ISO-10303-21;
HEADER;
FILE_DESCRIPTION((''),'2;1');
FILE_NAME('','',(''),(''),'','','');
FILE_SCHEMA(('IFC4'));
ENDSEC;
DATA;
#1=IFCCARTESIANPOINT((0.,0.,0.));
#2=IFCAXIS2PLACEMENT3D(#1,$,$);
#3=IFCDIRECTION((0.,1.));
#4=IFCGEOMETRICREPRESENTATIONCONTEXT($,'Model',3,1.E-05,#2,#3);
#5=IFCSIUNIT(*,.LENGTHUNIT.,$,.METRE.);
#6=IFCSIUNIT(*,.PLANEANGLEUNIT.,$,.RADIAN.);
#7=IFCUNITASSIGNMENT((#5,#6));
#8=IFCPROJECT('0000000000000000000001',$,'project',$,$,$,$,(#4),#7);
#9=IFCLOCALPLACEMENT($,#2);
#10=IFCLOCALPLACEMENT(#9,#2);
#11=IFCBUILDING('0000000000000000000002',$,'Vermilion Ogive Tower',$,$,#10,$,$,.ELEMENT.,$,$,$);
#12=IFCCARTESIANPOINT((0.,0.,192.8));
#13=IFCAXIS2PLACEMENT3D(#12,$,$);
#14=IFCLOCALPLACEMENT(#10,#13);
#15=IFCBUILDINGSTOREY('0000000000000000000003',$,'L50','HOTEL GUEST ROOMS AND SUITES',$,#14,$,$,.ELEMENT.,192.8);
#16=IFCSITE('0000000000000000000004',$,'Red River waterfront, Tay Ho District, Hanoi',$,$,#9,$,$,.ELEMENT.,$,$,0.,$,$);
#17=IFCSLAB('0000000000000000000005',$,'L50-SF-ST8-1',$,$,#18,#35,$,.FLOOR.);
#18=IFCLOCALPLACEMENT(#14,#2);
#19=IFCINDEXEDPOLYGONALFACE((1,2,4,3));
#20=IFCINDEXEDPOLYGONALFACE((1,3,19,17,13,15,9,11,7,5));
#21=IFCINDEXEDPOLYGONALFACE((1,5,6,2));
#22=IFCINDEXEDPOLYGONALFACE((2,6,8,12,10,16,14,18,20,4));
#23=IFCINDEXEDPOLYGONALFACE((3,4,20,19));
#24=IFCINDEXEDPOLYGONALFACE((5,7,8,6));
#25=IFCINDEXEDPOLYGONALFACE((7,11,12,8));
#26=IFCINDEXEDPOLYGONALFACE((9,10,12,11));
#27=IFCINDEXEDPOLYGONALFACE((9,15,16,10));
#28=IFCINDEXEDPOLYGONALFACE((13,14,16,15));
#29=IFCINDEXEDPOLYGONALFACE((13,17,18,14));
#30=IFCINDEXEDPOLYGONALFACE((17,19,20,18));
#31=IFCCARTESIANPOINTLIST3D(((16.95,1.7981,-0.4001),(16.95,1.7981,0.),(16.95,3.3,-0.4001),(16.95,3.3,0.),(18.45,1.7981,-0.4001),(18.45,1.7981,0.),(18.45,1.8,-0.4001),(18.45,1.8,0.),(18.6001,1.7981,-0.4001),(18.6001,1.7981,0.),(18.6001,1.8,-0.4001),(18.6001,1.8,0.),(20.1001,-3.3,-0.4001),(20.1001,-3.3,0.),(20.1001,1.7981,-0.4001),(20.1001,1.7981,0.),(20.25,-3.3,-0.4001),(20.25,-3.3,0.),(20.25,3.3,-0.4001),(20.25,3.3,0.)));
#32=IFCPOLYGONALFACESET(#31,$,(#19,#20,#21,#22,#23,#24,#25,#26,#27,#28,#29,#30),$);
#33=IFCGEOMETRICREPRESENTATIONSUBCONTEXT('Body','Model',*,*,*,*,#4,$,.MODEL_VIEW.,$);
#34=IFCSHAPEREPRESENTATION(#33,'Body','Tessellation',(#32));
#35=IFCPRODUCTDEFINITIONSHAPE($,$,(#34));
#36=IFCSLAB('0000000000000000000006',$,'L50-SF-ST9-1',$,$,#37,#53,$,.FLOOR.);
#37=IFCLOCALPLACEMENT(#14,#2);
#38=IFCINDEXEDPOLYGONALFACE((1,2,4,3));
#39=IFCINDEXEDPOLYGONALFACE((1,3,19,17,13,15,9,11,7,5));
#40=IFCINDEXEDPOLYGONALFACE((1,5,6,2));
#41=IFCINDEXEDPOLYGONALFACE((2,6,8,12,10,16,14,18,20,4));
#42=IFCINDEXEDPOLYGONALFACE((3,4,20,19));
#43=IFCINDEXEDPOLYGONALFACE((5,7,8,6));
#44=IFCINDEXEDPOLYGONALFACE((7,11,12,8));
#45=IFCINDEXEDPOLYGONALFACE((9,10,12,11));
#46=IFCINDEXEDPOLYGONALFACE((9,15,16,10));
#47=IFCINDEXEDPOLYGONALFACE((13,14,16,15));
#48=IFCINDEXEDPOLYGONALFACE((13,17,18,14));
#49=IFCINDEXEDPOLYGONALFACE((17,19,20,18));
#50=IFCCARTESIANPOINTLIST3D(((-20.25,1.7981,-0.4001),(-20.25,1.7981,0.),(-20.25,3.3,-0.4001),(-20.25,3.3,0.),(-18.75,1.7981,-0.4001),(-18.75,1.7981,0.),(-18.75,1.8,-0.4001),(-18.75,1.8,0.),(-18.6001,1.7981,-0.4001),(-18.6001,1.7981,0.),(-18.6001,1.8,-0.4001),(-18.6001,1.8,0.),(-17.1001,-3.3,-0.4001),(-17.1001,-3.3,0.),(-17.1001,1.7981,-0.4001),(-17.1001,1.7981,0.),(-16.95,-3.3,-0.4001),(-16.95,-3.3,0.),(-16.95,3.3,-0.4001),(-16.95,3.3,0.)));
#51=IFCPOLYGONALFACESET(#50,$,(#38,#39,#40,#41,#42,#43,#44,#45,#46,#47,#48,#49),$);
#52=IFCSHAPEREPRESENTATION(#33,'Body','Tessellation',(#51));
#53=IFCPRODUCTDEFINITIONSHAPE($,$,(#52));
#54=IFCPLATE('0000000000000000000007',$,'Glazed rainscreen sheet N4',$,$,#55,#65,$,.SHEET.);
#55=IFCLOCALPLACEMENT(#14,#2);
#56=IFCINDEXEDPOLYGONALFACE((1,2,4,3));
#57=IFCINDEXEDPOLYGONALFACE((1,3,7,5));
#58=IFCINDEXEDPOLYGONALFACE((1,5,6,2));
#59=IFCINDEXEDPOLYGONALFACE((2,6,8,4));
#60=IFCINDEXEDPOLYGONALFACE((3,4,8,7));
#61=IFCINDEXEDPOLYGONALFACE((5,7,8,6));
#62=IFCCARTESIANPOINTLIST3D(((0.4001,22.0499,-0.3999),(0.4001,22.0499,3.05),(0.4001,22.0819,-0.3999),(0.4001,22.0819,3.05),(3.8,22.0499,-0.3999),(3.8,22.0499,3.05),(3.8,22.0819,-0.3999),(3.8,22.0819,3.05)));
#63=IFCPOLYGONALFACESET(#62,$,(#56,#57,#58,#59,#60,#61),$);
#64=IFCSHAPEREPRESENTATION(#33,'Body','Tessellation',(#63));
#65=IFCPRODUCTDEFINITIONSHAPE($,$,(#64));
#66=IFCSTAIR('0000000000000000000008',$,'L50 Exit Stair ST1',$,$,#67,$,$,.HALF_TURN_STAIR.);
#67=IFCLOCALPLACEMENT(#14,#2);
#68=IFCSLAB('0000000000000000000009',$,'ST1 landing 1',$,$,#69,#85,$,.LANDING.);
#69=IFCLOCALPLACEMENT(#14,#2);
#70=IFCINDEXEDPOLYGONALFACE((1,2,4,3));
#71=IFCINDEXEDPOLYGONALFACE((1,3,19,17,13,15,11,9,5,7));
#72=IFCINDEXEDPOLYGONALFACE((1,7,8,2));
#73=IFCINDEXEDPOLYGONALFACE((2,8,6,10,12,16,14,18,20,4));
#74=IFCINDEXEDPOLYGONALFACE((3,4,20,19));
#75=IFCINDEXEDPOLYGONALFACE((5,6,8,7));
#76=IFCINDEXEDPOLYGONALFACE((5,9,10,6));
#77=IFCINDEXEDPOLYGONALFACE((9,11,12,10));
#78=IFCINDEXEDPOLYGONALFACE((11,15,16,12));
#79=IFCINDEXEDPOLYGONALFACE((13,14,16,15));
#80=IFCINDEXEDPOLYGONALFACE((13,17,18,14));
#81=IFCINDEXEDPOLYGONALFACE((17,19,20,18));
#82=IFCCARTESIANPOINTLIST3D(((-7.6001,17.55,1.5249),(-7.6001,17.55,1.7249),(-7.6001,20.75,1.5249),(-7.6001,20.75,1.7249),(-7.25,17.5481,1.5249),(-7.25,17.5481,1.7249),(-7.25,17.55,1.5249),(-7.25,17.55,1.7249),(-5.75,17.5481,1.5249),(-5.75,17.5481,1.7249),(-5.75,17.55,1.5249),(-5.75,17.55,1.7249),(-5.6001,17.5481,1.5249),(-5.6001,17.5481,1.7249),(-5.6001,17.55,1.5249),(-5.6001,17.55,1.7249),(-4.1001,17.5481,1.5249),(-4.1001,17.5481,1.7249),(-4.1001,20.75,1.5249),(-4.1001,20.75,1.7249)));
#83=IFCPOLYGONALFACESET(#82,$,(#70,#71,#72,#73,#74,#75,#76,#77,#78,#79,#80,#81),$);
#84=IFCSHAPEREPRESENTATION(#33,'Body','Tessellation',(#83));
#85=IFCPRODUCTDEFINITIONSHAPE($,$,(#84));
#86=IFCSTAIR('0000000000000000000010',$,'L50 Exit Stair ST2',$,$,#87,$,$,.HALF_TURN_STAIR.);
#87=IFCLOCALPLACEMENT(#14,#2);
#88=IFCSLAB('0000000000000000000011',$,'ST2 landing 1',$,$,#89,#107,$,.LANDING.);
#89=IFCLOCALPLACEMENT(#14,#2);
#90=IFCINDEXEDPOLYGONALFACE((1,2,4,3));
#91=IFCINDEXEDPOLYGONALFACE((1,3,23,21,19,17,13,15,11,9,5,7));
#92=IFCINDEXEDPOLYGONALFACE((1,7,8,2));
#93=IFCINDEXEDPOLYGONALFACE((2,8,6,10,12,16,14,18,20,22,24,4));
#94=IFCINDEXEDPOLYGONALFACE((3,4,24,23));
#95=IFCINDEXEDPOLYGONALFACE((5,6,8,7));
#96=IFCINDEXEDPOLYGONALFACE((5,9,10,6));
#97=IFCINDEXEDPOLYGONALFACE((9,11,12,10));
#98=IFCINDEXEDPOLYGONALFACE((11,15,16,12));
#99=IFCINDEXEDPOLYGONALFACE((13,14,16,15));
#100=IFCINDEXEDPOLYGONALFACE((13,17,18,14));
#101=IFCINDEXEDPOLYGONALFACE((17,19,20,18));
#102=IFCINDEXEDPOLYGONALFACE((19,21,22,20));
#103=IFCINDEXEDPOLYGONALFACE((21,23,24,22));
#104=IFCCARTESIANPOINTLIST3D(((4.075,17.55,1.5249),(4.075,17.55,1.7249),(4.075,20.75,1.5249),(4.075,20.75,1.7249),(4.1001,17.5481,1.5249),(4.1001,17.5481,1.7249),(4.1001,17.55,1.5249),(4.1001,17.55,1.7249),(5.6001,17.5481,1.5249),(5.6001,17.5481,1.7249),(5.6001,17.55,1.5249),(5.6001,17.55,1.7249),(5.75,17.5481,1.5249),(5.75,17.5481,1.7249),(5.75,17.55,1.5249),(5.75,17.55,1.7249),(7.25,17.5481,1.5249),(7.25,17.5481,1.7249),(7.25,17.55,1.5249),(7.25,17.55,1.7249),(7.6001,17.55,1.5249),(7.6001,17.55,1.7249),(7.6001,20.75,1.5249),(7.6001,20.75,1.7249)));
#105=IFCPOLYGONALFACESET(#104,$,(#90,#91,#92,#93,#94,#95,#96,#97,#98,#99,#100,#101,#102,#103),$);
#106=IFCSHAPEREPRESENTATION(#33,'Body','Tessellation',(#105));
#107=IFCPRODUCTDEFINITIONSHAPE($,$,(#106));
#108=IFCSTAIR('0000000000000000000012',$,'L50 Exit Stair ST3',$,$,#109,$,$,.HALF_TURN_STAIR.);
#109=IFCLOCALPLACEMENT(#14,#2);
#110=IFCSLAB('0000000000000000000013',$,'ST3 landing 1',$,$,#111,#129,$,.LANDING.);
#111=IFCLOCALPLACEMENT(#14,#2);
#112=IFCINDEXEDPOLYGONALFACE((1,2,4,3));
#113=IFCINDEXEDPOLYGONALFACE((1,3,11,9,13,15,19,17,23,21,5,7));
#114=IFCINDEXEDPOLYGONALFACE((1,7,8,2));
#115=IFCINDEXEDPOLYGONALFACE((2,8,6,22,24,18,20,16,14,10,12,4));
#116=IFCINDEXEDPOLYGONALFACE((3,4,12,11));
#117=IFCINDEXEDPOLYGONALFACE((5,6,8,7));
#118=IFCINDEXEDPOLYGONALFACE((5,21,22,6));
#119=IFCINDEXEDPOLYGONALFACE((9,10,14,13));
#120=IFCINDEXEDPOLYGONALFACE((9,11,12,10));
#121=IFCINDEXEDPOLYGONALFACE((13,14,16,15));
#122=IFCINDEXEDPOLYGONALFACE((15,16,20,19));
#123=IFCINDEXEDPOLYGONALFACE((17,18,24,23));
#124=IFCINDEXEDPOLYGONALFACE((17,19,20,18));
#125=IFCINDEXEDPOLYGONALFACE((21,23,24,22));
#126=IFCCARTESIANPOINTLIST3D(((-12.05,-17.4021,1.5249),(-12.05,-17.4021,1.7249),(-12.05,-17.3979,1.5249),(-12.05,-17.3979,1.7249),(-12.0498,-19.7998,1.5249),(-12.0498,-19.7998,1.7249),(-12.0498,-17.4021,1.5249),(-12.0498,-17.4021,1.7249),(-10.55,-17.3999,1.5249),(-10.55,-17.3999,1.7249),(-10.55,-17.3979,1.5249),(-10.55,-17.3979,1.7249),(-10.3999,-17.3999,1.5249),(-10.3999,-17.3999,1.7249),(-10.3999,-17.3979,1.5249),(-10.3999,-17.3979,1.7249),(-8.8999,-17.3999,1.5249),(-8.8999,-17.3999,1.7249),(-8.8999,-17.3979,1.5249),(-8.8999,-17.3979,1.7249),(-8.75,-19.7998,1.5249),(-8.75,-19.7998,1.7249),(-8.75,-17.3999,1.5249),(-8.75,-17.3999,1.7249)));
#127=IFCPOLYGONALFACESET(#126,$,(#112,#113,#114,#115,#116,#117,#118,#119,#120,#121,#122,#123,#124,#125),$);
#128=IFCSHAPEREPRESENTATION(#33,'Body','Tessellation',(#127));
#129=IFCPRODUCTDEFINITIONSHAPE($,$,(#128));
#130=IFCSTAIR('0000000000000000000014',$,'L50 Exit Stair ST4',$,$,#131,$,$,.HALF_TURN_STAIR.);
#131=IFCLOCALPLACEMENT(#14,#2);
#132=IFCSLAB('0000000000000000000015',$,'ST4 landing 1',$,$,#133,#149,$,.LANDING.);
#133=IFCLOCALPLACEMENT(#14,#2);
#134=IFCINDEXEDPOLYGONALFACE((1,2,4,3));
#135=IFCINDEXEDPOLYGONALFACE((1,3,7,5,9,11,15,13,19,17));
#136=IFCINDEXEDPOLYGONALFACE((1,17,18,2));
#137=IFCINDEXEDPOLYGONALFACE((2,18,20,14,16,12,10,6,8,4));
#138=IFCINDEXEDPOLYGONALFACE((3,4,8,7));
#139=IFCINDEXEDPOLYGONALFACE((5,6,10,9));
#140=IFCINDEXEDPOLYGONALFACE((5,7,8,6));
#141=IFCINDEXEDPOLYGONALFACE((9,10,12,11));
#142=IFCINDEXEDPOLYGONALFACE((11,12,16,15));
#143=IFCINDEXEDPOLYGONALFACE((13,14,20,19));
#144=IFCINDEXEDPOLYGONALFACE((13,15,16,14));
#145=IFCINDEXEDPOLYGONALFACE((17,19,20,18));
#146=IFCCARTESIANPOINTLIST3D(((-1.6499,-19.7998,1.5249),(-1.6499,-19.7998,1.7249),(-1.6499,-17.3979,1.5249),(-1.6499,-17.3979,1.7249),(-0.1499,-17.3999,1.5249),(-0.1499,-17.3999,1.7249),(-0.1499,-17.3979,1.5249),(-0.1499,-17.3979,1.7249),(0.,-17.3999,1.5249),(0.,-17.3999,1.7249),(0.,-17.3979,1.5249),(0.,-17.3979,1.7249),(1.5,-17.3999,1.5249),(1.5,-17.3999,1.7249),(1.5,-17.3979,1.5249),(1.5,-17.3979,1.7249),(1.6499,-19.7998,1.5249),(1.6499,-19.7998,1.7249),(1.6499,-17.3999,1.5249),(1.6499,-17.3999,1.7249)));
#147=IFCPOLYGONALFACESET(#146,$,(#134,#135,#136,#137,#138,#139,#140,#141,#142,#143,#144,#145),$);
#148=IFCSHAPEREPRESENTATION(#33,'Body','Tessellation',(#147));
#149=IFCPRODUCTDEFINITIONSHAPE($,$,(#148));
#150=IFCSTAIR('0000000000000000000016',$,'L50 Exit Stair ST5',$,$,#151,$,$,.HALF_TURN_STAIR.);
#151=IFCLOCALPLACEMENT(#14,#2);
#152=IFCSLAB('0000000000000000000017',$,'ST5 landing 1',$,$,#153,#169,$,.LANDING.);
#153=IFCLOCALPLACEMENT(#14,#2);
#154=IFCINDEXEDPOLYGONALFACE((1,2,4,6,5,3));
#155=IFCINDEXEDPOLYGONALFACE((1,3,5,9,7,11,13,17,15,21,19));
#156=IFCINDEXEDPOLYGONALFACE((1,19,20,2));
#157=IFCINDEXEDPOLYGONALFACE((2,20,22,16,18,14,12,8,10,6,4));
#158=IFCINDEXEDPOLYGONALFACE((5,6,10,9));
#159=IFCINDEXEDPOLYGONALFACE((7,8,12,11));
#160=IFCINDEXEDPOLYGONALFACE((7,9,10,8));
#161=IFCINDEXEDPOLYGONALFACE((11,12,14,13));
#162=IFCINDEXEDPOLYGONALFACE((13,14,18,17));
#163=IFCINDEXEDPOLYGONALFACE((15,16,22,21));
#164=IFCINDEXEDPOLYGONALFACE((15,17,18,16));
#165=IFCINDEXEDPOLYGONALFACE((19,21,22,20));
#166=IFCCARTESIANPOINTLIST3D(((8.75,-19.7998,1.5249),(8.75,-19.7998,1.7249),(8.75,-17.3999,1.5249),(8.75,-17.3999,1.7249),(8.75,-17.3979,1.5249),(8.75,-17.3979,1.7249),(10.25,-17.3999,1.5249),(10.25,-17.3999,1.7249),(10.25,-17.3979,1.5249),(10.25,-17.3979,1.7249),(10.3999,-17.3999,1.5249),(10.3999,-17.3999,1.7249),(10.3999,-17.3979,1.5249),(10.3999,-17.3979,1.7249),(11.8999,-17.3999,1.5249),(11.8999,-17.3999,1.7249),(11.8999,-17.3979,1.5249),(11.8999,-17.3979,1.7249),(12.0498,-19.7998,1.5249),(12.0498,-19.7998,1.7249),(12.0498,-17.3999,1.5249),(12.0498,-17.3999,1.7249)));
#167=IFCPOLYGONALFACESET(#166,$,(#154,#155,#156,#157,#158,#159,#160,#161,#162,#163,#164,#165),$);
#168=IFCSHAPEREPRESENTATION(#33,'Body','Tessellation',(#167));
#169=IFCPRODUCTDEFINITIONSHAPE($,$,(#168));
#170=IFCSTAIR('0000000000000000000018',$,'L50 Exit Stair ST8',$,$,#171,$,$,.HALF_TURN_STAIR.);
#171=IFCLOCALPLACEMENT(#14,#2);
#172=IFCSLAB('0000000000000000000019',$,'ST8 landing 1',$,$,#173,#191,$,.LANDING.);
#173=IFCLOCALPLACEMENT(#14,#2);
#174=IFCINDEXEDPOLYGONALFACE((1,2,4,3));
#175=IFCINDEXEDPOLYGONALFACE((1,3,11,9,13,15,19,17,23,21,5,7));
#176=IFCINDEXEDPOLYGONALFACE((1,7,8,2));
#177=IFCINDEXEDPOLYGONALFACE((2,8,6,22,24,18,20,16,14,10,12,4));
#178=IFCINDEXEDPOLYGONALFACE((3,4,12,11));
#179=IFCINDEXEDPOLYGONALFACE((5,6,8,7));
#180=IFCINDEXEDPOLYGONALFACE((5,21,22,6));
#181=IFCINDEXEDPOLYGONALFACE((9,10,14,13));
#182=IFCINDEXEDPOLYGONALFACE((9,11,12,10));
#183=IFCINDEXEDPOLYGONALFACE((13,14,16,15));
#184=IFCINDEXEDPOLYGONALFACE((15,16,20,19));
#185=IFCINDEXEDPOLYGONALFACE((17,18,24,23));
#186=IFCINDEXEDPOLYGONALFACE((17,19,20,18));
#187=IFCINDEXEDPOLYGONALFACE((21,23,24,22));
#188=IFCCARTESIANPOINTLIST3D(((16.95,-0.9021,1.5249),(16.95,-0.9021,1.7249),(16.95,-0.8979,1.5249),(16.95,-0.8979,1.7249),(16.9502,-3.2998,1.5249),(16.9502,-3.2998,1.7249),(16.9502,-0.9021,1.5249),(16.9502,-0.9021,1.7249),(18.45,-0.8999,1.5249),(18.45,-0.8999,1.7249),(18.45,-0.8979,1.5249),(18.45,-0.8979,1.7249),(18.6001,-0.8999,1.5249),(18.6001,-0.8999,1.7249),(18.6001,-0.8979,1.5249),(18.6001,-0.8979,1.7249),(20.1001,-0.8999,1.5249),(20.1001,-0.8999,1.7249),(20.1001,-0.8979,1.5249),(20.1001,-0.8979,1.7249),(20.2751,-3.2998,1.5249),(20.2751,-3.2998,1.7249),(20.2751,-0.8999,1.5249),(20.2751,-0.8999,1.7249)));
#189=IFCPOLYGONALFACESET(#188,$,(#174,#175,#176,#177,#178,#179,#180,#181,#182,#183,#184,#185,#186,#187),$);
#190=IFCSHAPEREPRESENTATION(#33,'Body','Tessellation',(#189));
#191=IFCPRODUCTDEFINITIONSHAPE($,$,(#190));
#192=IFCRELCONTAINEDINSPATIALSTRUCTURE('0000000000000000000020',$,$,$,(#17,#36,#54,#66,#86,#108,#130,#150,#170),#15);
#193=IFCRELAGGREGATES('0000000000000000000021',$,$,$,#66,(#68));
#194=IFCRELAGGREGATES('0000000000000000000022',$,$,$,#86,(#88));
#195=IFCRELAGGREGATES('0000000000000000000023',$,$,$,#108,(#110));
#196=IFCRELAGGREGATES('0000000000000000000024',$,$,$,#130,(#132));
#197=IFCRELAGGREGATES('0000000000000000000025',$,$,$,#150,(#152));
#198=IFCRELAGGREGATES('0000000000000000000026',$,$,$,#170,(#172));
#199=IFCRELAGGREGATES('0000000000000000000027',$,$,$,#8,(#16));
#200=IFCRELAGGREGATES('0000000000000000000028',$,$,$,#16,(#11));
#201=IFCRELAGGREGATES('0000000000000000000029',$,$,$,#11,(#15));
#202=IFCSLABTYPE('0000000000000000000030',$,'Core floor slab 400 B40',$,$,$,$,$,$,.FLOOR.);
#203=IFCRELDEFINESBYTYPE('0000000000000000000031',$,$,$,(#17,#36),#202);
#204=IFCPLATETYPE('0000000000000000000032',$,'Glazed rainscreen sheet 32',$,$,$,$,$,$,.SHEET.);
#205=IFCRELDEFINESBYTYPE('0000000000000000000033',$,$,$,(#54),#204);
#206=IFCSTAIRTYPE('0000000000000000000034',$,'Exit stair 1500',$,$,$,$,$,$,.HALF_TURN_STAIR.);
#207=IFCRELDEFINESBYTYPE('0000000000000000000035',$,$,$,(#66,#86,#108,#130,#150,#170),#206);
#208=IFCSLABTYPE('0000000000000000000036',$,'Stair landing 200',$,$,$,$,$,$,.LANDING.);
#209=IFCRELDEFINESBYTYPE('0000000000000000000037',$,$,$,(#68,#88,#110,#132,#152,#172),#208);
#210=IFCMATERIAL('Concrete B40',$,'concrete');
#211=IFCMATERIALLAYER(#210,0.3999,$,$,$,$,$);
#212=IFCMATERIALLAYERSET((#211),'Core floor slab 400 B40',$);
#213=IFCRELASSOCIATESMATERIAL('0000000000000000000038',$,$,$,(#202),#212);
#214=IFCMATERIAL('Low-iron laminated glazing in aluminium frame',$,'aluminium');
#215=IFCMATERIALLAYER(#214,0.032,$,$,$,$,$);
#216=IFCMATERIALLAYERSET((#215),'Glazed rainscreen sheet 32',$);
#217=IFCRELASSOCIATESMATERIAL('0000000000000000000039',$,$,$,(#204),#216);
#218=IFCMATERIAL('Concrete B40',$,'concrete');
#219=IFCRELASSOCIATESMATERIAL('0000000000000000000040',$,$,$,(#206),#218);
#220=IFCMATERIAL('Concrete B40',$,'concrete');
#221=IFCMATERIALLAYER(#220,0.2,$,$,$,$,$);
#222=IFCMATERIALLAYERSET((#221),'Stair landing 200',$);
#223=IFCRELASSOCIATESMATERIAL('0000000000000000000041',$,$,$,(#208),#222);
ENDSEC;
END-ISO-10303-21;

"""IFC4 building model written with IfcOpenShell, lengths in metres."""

from ifc_helpers import new_model, si_unit, direction, frame, origin, origin_2d, place, context, subcontext, project, spatial, polyline, rectangle, outline, extrude, material, layer, layer_set, type_object, element, aggregate, save


model = new_model("IFC4")

# Units and contexts
model_context = context("Model", 3, precision=1e-05, world=origin(), true_north=direction((0.0, 1.0)))
body_context = subcontext(model_context, "Body", "Model", "MODEL_VIEW")
ifc_project = project(units=[si_unit("LENGTHUNIT", "METRE"), si_unit("PLANEANGLEUNIT", "RADIAN")], contexts=[model_context])

# Site, building, storey
site_placement = place(None, origin())
site = spatial("IfcSite", under=ifc_project, at=site_placement, Name="Red River waterfront, Tay Ho District, Hanoi", CompositionType="ELEMENT", RefElevation=0.0)
building_placement = place(site_placement, origin())
building = spatial("IfcBuilding", under=site, at=building_placement, Name="Vermilion Ogive Tower", CompositionType="ELEMENT")
storey_placement = place(building_placement, frame((0.0, 0.0, 192.8)))
storey = spatial("IfcBuildingStorey", under=building, at=storey_placement, Name="L50", Description="HOTEL GUEST ROOMS AND SUITES", CompositionType="ELEMENT", Elevation=192.8)

# Slabs
ifc_material_1 = material(Name="Concrete B40", Category="concrete")
ifc_layer_1 = layer(ifc_material_1, 0.3999)
ifc_layer_set_1 = layer_set([ifc_layer_1], Name="Core floor slab 400 B40")
slab_type_1 = type_object("IfcSlabType", Name="Core floor slab 400 B40", PredefinedType="FLOOR", material=ifc_layer_set_1)
slab_1_placement = place(storey_placement, frame((0.0, 0.0, -0.4001)))
element("IfcSlab", 1, at=slab_1_placement, inside=storey, type_object=slab_type_1, Name="L50-SF-ST8-1", PredefinedType="FLOOR", context=body_context, shape_type="SweptSolid", body=[
    extrude(outline(polyline([(16.95, 3.3), (16.95, 1.7981), (18.45, 1.7981), (18.45, 1.8), (18.6001, 1.8), (18.6001, 1.7981), (20.1001, 1.7981), (20.1001, -3.3), (20.25, -3.3), (20.25, 3.3), (16.95, 3.3)])), origin(), (0.0, 0.0, 1.0), 0.4001),
])
slab_2_placement = place(storey_placement, frame((0.0, 0.0, -0.4001)))
element("IfcSlab", 2, at=slab_2_placement, inside=storey, type_object=slab_type_1, Name="L50-SF-ST9-1", PredefinedType="FLOOR", context=body_context, shape_type="SweptSolid", body=[
    extrude(outline(polyline([(-20.25, 3.3), (-20.25, 1.7981), (-18.75, 1.7981), (-18.75, 1.8), (-18.6001, 1.8), (-18.6001, 1.7981), (-17.1001, 1.7981), (-17.1001, -3.3), (-16.95, -3.3), (-16.95, 3.3), (-20.25, 3.3)])), origin(), (0.0, 0.0, 1.0), 0.4001),
])

# Plate
ifc_material_2 = material(Name="Low-iron laminated glazing in aluminium frame", Category="aluminium")
ifc_layer_2 = layer(ifc_material_2, 0.032)
ifc_layer_set_2 = layer_set([ifc_layer_2], Name="Glazed rainscreen sheet 32")
plate_type = type_object("IfcPlateType", Name="Glazed rainscreen sheet 32", PredefinedType="SHEET", material=ifc_layer_set_2)
plate_placement = place(storey_placement, frame((2.1001, 22.0659, -0.3999), z_axis=(0.0, 0.0, 1.0), x_axis=(1.0, 0.0, 0.0)))
element("IfcPlate", 3, at=plate_placement, inside=storey, type_object=plate_type, Name="Glazed rainscreen sheet N4", PredefinedType="SHEET", context=body_context, shape_type="SweptSolid", body=[
    extrude(rectangle(XDim=3.3999, YDim=0.032, at=origin_2d()), origin(), (0.0, 0.0, 1.0), 3.45),
])

# Stairs, slabs
ifc_material_3 = material(Name="Concrete B40", Category="concrete")
stair_type = type_object("IfcStairType", Name="Exit stair 1500", PredefinedType="HALF_TURN_STAIR", material=ifc_material_3)
stair_1_placement = place(storey_placement, origin())
stair_1 = element("IfcStair", 4, at=stair_1_placement, inside=storey, type_object=stair_type, Name="L50 Exit Stair ST1", PredefinedType="HALF_TURN_STAIR")
ifc_material_4 = material(Name="Concrete B40", Category="concrete")
ifc_layer_3 = layer(ifc_material_4, 0.2)
ifc_layer_set_3 = layer_set([ifc_layer_3], Name="Stair landing 200")
slab_type_2 = type_object("IfcSlabType", Name="Stair landing 200", PredefinedType="LANDING", material=ifc_layer_set_3)
slab_3_placement = place(storey_placement, frame((0.0, 0.0, 1.5249)))
slab_3 = element("IfcSlab", 5, at=slab_3_placement, type_object=slab_type_2, Name="ST1 landing 1", PredefinedType="LANDING", context=body_context, shape_type="SweptSolid", body=[
    extrude(outline(polyline([(-7.6001, 17.55), (-7.25, 17.55), (-7.25, 17.5481), (-5.75, 17.5481), (-5.75, 17.55), (-5.6001, 17.55), (-5.6001, 17.5481), (-4.1001, 17.5481), (-4.1001, 20.75), (-7.6001, 20.75), (-7.6001, 17.55)])), origin(), (0.0, 0.0, 1.0), 0.2),
])
aggregate(stair_1, [slab_3])
stair_2_placement = place(storey_placement, origin())
stair_2 = element("IfcStair", 6, at=stair_2_placement, inside=storey, type_object=stair_type, Name="L50 Exit Stair ST2", PredefinedType="HALF_TURN_STAIR")
slab_4_placement = place(storey_placement, frame((0.0, 0.0, 1.5249)))
slab_4 = element("IfcSlab", 7, at=slab_4_placement, type_object=slab_type_2, Name="ST2 landing 1", PredefinedType="LANDING", context=body_context, shape_type="SweptSolid", body=[
    extrude(outline(polyline([(5.6001, 17.55), (5.75, 17.55), (5.75, 17.5481), (7.25, 17.5481), (7.25, 17.55), (7.6001, 17.55), (7.6001, 20.75), (4.075, 20.75), (4.075, 17.55), (4.1001, 17.55), (4.1001, 17.5481), (5.6001, 17.5481), (5.6001, 17.55)])), origin(), (0.0, 0.0, 1.0), 0.2),
])
aggregate(stair_2, [slab_4])
stair_3_placement = place(storey_placement, origin())
stair_3 = element("IfcStair", 8, at=stair_3_placement, inside=storey, type_object=stair_type, Name="L50 Exit Stair ST3", PredefinedType="HALF_TURN_STAIR")
slab_5_placement = place(storey_placement, frame((0.0, 0.0, 1.5249)))
slab_5 = element("IfcSlab", 9, at=slab_5_placement, type_object=slab_type_2, Name="ST3 landing 1", PredefinedType="LANDING", context=body_context, shape_type="SweptSolid", body=[
    extrude(outline(polyline([(-8.75, -17.3999), (-8.8999, -17.3999), (-8.8999, -17.3979), (-10.3999, -17.3979), (-10.3999, -17.3999), (-10.55, -17.3999), (-10.55, -17.3979), (-12.05, -17.3979), (-12.05, -17.4021), (-12.0498, -17.4021), (-12.0498, -19.7998), (-8.75, -19.7998), (-8.75, -17.3999)])), origin(), (0.0, 0.0, 1.0), 0.2),
])
aggregate(stair_3, [slab_5])
stair_4_placement = place(storey_placement, origin())
stair_4 = element("IfcStair", 10, at=stair_4_placement, inside=storey, type_object=stair_type, Name="L50 Exit Stair ST4", PredefinedType="HALF_TURN_STAIR")
slab_6_placement = place(storey_placement, frame((0.0, 0.0, 1.5249)))
slab_6 = element("IfcSlab", 11, at=slab_6_placement, type_object=slab_type_2, Name="ST4 landing 1", PredefinedType="LANDING", context=body_context, shape_type="SweptSolid", body=[
    extrude(outline(polyline([(1.6499, -17.3999), (1.5, -17.3999), (1.5, -17.3979), (0.0, -17.3979), (0.0, -17.3999), (-0.1499, -17.3999), (-0.1499, -17.3979), (-1.6499, -17.3979), (-1.6499, -19.7998), (1.6499, -19.7998), (1.6499, -17.3999)])), origin(), (0.0, 0.0, 1.0), 0.2),
])
aggregate(stair_4, [slab_6])
stair_5_placement = place(storey_placement, origin())
stair_5 = element("IfcStair", 12, at=stair_5_placement, inside=storey, type_object=stair_type, Name="L50 Exit Stair ST5", PredefinedType="HALF_TURN_STAIR")
slab_7_placement = place(storey_placement, frame((0.0, 0.0, 1.5249)))
slab_7 = element("IfcSlab", 13, at=slab_7_placement, type_object=slab_type_2, Name="ST5 landing 1", PredefinedType="LANDING", context=body_context, shape_type="SweptSolid", body=[
    extrude(outline(polyline([(12.0498, -17.3999), (11.8999, -17.3999), (11.8999, -17.3979), (10.3999, -17.3979), (10.3999, -17.3999), (10.25, -17.3999), (10.25, -17.3979), (8.75, -17.3979), (8.75, -17.3999), (8.75, -17.3999), (8.75, -19.7998), (12.0498, -19.7998), (12.0498, -17.3999)])), origin(), (0.0, 0.0, 1.0), 0.2),
])
aggregate(stair_5, [slab_7])
stair_6_placement = place(storey_placement, origin())
stair_6 = element("IfcStair", 14, at=stair_6_placement, inside=storey, type_object=stair_type, Name="L50 Exit Stair ST8", PredefinedType="HALF_TURN_STAIR")
slab_8_placement = place(storey_placement, frame((0.0, 0.0, 1.5249)))
slab_8 = element("IfcSlab", 15, at=slab_8_placement, type_object=slab_type_2, Name="ST8 landing 1", PredefinedType="LANDING", context=body_context, shape_type="SweptSolid", body=[
    extrude(outline(polyline([(20.2751, -0.8999), (20.1001, -0.8999), (20.1001, -0.8979), (18.6001, -0.8979), (18.6001, -0.8999), (18.45, -0.8999), (18.45, -0.8979), (16.95, -0.8979), (16.95, -0.9021), (16.9502, -0.9021), (16.9502, -3.2998), (20.2751, -3.2998), (20.2751, -0.8999)])), origin(), (0.0, 0.0, 1.0), 0.2),
])
aggregate(stair_6, [slab_8])

save(model, "model.ifc")
